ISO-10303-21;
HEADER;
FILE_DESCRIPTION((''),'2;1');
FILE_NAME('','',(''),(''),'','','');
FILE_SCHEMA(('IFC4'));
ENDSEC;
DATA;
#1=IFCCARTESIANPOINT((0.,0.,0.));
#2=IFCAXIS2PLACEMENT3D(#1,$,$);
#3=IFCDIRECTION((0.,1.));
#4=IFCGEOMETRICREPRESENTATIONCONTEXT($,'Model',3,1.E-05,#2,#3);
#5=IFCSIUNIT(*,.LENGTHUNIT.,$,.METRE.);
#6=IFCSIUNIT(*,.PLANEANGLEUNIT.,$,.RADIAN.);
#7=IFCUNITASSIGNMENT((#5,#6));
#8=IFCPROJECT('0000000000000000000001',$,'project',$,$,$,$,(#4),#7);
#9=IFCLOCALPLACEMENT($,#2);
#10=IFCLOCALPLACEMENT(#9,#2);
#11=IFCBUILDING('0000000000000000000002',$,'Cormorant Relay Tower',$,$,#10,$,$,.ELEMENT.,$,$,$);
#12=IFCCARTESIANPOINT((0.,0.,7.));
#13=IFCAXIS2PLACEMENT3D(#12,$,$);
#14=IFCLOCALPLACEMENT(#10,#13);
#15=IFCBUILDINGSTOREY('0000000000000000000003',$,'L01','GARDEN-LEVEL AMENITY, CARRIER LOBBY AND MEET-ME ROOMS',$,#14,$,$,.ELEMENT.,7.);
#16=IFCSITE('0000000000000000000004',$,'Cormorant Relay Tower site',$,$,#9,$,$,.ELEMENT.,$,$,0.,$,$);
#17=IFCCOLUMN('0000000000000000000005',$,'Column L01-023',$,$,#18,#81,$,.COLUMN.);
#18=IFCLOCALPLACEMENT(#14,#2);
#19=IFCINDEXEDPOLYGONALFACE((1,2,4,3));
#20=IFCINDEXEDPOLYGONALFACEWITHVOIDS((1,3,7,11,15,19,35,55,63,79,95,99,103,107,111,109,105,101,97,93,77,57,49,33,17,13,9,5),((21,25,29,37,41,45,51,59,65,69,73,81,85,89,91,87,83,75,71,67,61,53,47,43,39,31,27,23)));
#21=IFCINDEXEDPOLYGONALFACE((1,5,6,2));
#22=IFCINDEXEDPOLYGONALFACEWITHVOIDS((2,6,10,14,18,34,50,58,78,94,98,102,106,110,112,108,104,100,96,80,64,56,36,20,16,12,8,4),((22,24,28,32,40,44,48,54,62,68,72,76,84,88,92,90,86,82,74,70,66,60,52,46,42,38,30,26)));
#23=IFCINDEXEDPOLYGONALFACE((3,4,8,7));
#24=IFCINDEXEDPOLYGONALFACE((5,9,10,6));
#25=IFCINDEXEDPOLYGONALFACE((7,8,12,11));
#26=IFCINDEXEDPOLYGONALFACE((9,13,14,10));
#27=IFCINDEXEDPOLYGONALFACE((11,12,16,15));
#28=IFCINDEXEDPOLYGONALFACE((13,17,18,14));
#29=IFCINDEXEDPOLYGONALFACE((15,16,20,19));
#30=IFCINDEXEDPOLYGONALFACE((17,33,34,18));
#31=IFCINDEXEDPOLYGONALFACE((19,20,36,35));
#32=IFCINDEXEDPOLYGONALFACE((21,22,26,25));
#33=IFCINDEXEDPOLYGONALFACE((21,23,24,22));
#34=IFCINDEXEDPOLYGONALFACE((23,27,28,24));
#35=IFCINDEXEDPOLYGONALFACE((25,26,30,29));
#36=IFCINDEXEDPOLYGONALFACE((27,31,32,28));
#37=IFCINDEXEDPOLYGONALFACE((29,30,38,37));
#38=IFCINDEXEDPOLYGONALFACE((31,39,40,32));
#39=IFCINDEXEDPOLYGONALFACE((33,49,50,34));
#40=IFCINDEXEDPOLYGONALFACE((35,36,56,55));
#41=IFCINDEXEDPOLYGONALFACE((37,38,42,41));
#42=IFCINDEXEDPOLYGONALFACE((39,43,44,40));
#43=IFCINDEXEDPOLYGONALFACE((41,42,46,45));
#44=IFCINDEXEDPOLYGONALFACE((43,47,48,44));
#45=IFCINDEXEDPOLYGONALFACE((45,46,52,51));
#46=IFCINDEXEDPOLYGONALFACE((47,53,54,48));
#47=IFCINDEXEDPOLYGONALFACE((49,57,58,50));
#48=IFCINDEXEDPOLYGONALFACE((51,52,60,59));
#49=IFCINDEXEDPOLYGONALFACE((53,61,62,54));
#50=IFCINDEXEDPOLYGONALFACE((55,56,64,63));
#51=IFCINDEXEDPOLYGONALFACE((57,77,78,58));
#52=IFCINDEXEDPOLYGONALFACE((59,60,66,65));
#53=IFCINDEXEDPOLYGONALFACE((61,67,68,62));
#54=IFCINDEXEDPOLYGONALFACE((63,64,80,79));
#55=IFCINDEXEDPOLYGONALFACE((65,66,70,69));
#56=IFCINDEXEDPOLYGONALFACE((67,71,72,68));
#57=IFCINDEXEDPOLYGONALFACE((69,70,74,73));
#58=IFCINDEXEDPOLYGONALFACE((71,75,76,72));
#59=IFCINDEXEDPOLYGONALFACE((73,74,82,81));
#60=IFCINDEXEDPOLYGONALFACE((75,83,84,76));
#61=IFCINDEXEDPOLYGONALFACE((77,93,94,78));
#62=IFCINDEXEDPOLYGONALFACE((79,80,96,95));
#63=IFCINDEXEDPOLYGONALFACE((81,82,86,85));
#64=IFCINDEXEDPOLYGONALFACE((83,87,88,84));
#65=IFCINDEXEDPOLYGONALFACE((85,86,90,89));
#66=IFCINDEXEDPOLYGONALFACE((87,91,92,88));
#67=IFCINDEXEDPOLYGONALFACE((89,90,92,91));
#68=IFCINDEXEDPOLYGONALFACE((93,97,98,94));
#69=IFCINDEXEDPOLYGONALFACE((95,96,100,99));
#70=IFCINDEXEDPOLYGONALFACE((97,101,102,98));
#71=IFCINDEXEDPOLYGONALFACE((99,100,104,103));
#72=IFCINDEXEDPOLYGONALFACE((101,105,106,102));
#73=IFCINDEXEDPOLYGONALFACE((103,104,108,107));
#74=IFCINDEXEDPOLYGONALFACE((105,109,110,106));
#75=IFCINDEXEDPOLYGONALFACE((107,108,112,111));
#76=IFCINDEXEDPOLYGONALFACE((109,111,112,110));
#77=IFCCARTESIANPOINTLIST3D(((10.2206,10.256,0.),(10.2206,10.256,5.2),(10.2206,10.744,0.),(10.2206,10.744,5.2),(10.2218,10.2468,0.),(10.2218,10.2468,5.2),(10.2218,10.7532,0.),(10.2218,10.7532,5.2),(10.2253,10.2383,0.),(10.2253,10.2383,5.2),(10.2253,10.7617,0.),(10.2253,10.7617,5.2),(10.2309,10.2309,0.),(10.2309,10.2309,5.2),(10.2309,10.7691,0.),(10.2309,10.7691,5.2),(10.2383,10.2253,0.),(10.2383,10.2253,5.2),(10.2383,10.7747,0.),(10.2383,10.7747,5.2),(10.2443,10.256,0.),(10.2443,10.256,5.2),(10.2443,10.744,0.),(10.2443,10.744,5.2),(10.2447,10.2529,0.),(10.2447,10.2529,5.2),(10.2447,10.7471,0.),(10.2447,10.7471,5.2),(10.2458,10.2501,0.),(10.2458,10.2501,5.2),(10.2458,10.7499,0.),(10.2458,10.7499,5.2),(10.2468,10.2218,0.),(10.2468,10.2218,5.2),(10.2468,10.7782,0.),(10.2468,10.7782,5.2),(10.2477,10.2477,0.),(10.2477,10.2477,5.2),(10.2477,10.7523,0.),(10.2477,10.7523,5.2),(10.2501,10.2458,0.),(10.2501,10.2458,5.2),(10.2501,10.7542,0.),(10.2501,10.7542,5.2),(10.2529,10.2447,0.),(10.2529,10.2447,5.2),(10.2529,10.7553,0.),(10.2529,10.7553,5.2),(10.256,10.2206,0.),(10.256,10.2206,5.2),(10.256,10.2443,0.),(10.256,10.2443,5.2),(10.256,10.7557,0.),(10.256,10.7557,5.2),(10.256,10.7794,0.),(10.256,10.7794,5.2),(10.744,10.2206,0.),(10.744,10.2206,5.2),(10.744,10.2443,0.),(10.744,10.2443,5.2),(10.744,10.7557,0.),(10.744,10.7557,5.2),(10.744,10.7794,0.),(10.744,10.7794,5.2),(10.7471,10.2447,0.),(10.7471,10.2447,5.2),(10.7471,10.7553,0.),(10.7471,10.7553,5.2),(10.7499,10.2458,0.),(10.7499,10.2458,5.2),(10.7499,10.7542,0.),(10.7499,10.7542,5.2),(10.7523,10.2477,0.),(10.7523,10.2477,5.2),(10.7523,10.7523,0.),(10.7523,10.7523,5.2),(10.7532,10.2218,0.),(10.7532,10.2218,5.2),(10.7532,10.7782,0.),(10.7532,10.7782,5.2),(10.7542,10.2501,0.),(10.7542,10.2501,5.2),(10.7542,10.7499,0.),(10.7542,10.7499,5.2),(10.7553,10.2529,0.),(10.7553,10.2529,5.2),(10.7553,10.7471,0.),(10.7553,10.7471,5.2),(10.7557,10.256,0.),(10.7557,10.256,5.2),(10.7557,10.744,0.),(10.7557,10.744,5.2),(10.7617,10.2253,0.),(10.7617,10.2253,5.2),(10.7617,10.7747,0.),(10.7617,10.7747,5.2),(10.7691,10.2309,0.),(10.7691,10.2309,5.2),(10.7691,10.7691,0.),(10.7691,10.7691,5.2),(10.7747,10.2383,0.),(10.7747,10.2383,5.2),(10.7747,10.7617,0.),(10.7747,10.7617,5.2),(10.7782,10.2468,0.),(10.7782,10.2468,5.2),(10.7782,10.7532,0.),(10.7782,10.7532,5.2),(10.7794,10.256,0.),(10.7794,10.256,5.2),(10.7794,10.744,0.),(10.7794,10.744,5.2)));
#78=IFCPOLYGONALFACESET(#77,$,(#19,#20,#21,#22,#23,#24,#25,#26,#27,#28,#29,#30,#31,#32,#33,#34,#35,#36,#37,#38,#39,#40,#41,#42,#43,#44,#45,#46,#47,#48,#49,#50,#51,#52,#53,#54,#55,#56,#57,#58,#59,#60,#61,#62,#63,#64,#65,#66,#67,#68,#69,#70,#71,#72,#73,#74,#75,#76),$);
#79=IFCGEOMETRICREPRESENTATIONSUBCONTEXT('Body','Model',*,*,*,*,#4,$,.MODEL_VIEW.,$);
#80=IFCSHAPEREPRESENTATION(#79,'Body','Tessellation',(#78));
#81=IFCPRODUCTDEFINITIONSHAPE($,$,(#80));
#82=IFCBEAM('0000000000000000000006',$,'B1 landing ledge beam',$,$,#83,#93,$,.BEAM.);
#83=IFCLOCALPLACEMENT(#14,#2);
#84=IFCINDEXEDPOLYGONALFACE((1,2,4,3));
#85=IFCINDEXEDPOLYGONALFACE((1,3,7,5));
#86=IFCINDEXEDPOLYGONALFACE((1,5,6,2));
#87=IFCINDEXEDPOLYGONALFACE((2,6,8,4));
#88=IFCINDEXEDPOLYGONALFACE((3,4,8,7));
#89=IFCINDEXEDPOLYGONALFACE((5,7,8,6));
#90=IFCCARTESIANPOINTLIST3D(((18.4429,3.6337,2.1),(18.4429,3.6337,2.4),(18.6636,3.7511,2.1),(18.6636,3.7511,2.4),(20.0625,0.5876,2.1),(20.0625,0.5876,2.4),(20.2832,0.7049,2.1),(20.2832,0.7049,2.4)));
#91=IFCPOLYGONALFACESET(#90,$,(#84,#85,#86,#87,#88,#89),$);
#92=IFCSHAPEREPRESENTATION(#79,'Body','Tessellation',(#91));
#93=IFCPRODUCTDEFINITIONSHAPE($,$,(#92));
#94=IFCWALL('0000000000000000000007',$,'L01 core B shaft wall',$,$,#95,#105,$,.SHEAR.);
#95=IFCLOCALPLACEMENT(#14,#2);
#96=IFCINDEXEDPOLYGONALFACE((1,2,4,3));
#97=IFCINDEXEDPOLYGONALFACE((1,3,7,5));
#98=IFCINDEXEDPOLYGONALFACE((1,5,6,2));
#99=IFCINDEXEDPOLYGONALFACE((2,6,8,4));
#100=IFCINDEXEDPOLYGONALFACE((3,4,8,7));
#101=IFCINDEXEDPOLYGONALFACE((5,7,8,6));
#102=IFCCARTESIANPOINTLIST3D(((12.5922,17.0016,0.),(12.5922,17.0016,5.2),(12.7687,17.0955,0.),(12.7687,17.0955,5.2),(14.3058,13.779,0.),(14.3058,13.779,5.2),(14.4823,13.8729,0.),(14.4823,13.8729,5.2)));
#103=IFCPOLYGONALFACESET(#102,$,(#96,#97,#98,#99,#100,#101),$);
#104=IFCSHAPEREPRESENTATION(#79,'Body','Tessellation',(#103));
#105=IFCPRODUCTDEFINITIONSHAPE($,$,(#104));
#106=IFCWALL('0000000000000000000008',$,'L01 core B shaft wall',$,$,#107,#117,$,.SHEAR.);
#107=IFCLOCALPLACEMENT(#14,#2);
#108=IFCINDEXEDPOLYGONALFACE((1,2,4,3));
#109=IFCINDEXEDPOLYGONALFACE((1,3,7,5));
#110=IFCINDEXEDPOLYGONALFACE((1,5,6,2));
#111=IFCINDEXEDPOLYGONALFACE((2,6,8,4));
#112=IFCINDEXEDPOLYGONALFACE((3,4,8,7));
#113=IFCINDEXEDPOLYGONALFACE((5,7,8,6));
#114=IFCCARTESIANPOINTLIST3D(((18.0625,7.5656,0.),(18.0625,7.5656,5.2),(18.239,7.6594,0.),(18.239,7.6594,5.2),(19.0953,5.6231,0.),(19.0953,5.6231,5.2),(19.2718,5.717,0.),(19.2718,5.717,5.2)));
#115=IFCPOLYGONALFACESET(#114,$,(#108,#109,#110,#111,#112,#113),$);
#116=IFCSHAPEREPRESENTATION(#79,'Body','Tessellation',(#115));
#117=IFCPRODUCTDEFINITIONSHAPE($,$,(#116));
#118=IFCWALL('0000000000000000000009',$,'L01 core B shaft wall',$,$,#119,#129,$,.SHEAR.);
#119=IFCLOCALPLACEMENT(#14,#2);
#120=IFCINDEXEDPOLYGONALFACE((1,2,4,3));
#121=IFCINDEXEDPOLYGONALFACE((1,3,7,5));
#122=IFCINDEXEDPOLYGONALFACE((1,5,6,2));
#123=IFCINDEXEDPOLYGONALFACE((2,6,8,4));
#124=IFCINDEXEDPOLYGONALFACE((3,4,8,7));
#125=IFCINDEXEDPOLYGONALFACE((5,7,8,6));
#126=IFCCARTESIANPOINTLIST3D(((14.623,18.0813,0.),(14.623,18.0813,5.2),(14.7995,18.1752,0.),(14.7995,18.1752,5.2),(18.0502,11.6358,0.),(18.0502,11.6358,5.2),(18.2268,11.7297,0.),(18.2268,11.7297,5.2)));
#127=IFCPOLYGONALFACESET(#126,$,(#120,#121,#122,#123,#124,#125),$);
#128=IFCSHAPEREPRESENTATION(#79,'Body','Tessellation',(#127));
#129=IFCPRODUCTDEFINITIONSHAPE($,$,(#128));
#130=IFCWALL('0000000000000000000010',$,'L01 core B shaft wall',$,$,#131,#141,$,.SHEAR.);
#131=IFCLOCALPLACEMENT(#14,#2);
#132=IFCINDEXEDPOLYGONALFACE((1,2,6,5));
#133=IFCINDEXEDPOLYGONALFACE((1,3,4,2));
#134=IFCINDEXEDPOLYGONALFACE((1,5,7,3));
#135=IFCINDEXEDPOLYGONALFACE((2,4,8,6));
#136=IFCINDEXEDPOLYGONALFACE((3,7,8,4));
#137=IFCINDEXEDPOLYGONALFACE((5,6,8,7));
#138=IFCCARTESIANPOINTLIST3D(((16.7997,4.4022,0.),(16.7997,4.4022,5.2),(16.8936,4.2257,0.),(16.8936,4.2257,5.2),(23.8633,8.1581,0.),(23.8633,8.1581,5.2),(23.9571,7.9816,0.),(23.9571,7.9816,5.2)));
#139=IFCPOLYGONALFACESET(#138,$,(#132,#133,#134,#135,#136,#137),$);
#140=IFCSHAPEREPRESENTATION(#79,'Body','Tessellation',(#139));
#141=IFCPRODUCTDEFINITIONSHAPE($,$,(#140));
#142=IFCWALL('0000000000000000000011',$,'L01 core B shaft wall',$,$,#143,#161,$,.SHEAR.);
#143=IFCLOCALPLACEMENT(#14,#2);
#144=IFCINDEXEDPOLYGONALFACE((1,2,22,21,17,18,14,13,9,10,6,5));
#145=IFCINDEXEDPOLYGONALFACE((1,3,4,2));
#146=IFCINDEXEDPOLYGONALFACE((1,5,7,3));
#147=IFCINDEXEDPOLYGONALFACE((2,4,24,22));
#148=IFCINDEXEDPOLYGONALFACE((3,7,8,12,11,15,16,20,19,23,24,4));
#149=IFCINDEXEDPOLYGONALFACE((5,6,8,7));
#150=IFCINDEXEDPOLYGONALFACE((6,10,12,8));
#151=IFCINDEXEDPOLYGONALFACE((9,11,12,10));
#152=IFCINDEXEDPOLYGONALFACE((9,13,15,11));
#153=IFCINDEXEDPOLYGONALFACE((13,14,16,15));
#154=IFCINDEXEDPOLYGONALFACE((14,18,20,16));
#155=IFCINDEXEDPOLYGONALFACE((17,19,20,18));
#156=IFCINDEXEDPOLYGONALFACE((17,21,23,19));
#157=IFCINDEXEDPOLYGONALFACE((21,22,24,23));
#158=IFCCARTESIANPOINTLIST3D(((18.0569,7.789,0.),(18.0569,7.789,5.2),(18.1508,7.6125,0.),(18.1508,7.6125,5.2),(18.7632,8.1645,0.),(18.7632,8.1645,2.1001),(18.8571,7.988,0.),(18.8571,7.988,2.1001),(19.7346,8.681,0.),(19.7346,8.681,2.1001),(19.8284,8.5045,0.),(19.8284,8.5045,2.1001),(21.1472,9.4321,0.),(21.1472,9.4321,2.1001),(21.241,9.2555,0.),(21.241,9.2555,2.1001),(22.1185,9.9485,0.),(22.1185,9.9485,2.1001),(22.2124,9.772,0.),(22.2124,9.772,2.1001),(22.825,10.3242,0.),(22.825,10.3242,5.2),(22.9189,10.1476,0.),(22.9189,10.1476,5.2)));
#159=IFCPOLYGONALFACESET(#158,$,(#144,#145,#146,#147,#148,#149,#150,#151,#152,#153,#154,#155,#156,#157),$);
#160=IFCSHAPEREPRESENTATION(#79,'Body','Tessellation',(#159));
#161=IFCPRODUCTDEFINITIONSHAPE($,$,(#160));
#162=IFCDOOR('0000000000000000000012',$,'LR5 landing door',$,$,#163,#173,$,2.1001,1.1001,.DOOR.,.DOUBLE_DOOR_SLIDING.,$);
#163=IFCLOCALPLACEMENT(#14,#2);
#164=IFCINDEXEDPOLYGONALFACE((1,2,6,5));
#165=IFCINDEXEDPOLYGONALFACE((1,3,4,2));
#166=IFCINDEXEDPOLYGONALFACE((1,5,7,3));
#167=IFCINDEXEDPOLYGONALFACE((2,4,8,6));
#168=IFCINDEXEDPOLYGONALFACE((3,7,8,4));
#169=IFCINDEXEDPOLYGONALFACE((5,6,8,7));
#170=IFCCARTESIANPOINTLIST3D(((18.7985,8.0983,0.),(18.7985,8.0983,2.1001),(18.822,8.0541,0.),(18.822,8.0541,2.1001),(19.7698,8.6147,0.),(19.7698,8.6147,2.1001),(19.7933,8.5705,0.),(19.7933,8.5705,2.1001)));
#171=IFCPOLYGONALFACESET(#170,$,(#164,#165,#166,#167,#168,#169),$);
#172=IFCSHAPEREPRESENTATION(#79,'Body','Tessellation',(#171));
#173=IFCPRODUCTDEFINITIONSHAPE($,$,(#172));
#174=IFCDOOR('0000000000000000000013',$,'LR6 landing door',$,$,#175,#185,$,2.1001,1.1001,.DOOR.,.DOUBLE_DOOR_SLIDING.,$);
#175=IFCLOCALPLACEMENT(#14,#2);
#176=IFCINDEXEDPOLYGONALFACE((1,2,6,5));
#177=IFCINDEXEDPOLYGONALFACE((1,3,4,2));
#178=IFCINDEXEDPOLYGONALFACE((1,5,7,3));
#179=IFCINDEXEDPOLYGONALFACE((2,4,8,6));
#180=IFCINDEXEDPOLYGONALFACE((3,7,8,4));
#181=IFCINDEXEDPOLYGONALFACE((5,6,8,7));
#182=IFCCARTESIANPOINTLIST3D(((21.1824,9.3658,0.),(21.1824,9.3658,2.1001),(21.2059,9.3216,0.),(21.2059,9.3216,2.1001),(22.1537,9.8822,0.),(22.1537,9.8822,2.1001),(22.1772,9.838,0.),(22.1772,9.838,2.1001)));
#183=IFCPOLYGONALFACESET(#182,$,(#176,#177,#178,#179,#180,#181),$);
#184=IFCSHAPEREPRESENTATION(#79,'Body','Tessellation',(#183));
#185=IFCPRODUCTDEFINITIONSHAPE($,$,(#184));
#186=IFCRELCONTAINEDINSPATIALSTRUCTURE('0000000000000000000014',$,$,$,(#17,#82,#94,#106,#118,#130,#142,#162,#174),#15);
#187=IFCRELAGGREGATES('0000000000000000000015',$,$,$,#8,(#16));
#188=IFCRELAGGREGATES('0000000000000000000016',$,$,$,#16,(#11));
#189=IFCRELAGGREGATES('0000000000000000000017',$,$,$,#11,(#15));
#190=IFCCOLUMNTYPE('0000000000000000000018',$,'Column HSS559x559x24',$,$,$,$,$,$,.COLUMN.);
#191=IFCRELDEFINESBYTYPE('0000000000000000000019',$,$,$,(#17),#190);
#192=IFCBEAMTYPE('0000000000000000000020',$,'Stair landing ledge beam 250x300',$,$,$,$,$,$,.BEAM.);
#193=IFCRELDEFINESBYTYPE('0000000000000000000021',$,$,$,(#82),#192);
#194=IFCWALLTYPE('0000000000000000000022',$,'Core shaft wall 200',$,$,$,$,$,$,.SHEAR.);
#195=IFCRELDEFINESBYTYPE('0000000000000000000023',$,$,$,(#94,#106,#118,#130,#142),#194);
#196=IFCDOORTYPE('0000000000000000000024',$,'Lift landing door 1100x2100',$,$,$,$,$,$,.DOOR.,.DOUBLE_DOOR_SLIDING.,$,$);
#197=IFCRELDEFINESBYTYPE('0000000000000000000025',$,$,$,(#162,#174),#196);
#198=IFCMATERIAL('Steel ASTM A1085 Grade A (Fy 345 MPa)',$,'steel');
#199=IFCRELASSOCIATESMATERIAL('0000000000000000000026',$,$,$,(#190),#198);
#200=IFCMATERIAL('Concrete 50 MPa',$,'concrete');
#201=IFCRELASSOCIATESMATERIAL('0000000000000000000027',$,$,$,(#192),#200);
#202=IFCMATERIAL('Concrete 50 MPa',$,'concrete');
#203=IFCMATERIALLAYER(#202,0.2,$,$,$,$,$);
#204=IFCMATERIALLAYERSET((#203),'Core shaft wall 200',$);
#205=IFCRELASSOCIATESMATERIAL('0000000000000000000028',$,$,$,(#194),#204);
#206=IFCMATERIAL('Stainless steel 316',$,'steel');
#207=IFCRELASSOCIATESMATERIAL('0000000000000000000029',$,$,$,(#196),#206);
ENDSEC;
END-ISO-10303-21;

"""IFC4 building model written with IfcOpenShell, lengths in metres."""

from ifc_helpers import new_model, si_unit, direction, frame, frame_2d, origin, origin_2d, place, context, subcontext, project, spatial, rectangle, hollow_rectangle, extrude, material, layer, layer_set, material_profile, profile_set, type_object, element, fill, save


model = new_model("IFC4")

# Units and contexts
model_context = context("Model", 3, precision=1e-05, world=origin(), true_north=direction((0.0, 1.0)))
body_context = subcontext(model_context, "Body", "Model", "MODEL_VIEW")
ifc_project = project(units=[si_unit("LENGTHUNIT", "METRE"), si_unit("PLANEANGLEUNIT", "RADIAN")], contexts=[model_context])

# Site, building, storey
site_placement = place(None, origin())
site = spatial("IfcSite", under=ifc_project, at=site_placement, Name="Cormorant Relay Tower site", CompositionType="ELEMENT", RefElevation=0.0)
building_placement = place(site_placement, origin())
building = spatial("IfcBuilding", under=site, at=building_placement, Name="Cormorant Relay Tower", CompositionType="ELEMENT")
storey_placement = place(building_placement, frame((0.0, 0.0, 7.0)))
storey = spatial("IfcBuildingStorey", under=building, at=storey_placement, Name="L01", Description="GARDEN-LEVEL AMENITY, CARRIER LOBBY AND MEET-ME ROOMS", CompositionType="ELEMENT", Elevation=7.0)

# Column
ifc_material_1 = material(Name="Steel ASTM A1085 Grade A (Fy 345 MPa)", Category="steel")
ifc_material_profile_1 = material_profile(ifc_material_1, hollow_rectangle(XDim=0.5588, YDim=0.5588, WallThickness=0.0237, InnerFilletRadius=0.0117, OuterFilletRadius=0.0354, at=origin_2d()), Name="HSS559x559x24")
ifc_profile_set_1 = profile_set([ifc_material_profile_1], Name="Steel ASTM A1085 Grade A (Fy 345 MPa)")
column_type = type_object("IfcColumnType", Name="Column HSS559x559x24", PredefinedType="COLUMN", material=ifc_profile_set_1)
column_placement = place(storey_placement, frame((10.5, 10.5, 0.0), z_axis=(0.0, 0.0, 1.0), x_axis=(1.0, 0.0, 0.0)))
element("IfcColumn", 1, at=column_placement, inside=storey, type_object=column_type, Name="Column L01-023", PredefinedType="COLUMN", context=body_context, shape_type="SweptSolid", body=[
    extrude(hollow_rectangle(XDim=0.5588, YDim=0.5588, WallThickness=0.0237, InnerFilletRadius=0.0117, OuterFilletRadius=0.0354, at=origin_2d()), origin(), (0.0, 0.0, 1.0), 5.2),
])

# Beam
ifc_material_2 = material(Name="Concrete 50 MPa", Category="concrete")
ifc_material_profile_2 = material_profile(ifc_material_2, rectangle(XDim=0.25, YDim=0.3, at=origin_2d()), Name="RC 250x300")
ifc_profile_set_2 = profile_set([ifc_material_profile_2], Name="Concrete 50 MPa")
beam_type = type_object("IfcBeamType", Name="Stair landing ledge beam 250x300", PredefinedType="BEAM", material=ifc_profile_set_2)
beam_placement = place(storey_placement, frame((18.5532, 3.6924, 2.25), z_axis=(0.469464, -0.882952, 0.0), x_axis=(0.882952, 0.469464, 0.0)))
element("IfcBeam", 2, at=beam_placement, inside=storey, type_object=beam_type, Name="B1 landing ledge beam", PredefinedType="BEAM", context=body_context, shape_type="SweptSolid", body=[
    extrude(rectangle(XDim=0.25, YDim=0.3, at=origin_2d()), origin(), (0.0, 0.0, 1.0), 3.45),
])

# Walls
ifc_material_3 = material(Name="Concrete 50 MPa", Category="concrete")
ifc_layer_1 = layer(ifc_material_3, 0.2)
ifc_layer_set_1 = layer_set([ifc_layer_1], Name="Core shaft wall 200")
wall_type_1 = type_object("IfcWallType", Name="Core shaft wall 200", PredefinedType="SHEAR", material=ifc_layer_set_1)
wall_1_placement = place(storey_placement, frame((14.394, 13.8259, 0.0), z_axis=(0.0, 0.0, 1.0), x_axis=(-0.469494, 0.882936, 0.0)))
element("IfcWall", 3, at=wall_1_placement, inside=storey, type_object=wall_type_1, Name="L01 core B shaft wall", PredefinedType="SHEAR", context=body_context, shape_type="SweptSolid", body=[
    extrude(rectangle(XDim=3.6499, YDim=0.2, at=frame_2d((1.825, 0.0))), origin(), (0.0, 0.0, 1.0), 5.2),
])
wall_2_placement = place(storey_placement, frame((19.1836, 5.6699, 0.0), z_axis=(0.0, 0.0, 1.0), x_axis=(-0.469447, 0.88296, 0.0)))
element("IfcWall", 4, at=wall_2_placement, inside=storey, type_object=wall_type_1, Name="L01 core B shaft wall", PredefinedType="SHEAR", context=body_context, shape_type="SweptSolid", body=[
    extrude(rectangle(XDim=2.2, YDim=0.2, at=frame_2d((1.1001, 0.0))), origin(), (0.0, 0.0, 1.0), 5.2),
])
wall_3_placement = place(storey_placement, frame((18.1384, 11.6829, 0.0), z_axis=(0.0, 0.0, 1.0), x_axis=(-0.46948, 0.882943, 0.0)))
element("IfcWall", 5, at=wall_3_placement, inside=storey, type_object=wall_type_1, Name="L01 core B shaft wall", PredefinedType="SHEAR", context=body_context, shape_type="SweptSolid", body=[
    extrude(rectangle(XDim=7.3, YDim=0.2, at=frame_2d((3.6499, 0.0))), origin(), (0.0, 0.0, 1.0), 5.2),
])
wall_4_placement = place(storey_placement, frame((16.8467, 4.314, 0.0), z_axis=(0.0, 0.0, 1.0), x_axis=(0.88294, 0.469485, 0.0)))
element("IfcWall", 6, at=wall_4_placement, inside=storey, type_object=wall_type_1, Name="L01 core B shaft wall", PredefinedType="SHEAR", context=body_context, shape_type="SweptSolid", body=[
    extrude(rectangle(XDim=8.0, YDim=0.2, at=frame_2d((4.0, 0.0))), origin(), (0.0, 0.0, 1.0), 5.2),
])

# Wall, openings, doors
wall_5_placement = place(storey_placement, frame((18.1038, 7.7007, 0.0), z_axis=(0.0, 0.0, 1.0), x_axis=(0.882953, 0.469462, 0.0)))
wall_5 = element("IfcWall", 7, at=wall_5_placement, inside=storey, type_object=wall_type_1, Name="L01 core B shaft wall", PredefinedType="SHEAR", context=body_context, shape_type="SweptSolid", body=[
    extrude(rectangle(XDim=5.4001, YDim=0.2, at=frame_2d((2.7002, 0.0))), origin(), (0.0, 0.0, 1.0), 5.2),
])
opening_1_placement = place(wall_5_placement, frame((0.8, 0.0, 0.0)))
opening_1 = element("IfcOpeningElement", 8, at=opening_1_placement, cuts=wall_5, PredefinedType="OPENING", context=body_context, shape_type="SweptSolid", body=[
    extrude(rectangle(XDim=1.1001, YDim=2.1001, at=frame_2d((0.55, 1.05))), frame((0.0, 0.1099, 0.0), z_axis=(0.0, -1.0, 0.0), x_axis=(1.0, 0.0, 0.0)), (0.0, 0.0, 1.0), 0.22),
])
opening_2_placement = place(wall_5_placement, frame((3.5, 0.0, 0.0)))
opening_2 = element("IfcOpeningElement", 9, at=opening_2_placement, cuts=wall_5, PredefinedType="OPENING", context=body_context, shape_type="SweptSolid", body=[
    extrude(rectangle(XDim=1.1001, YDim=2.1001, at=frame_2d((0.55, 1.05))), frame((0.0, 0.1099, 0.0), z_axis=(0.0, -1.0, 0.0), x_axis=(1.0, 0.0, 0.0)), (0.0, 0.0, 1.0), 0.22),
])
ifc_material_4 = material(Name="Stainless steel 316", Category="steel")
door_type_1 = type_object("IfcDoorType", Name="Lift landing door 1100x2100", OperationType="DOUBLE_DOOR_SLIDING", PredefinedType="DOOR", material=ifc_material_4)
door_1_placement = place(opening_1_placement, origin())
door_1 = element("IfcDoor", 10, at=door_1_placement, inside=storey, type_object=door_type_1, Name="LR5 landing door", OperationType="DOUBLE_DOOR_SLIDING", OverallHeight=2.1001, OverallWidth=1.1001, PredefinedType="DOOR", context=body_context, shape_type="SweptSolid", body=[
    extrude(rectangle(XDim=1.1001, YDim=2.1001, at=frame_2d((0.55, 1.05))), frame((0.0, 0.0249, 0.0), z_axis=(0.0, -1.0, 0.0), x_axis=(1.0, 0.0, 0.0)), (0.0, 0.0, 1.0), 0.05),
])
fill(opening_1, door_1)
door_2_placement = place(opening_2_placement, origin())
door_2 = element("IfcDoor", 11, at=door_2_placement, inside=storey, type_object=door_type_1, Name="LR6 landing door", OperationType="DOUBLE_DOOR_SLIDING", OverallHeight=2.1001, OverallWidth=1.1001, PredefinedType="DOOR", context=body_context, shape_type="SweptSolid", body=[
    extrude(rectangle(XDim=1.1001, YDim=2.1001, at=frame_2d((0.55, 1.05))), frame((0.0, 0.0249, 0.0), z_axis=(0.0, -1.0, 0.0), x_axis=(1.0, 0.0, 0.0)), (0.0, 0.0, 1.0), 0.05),
])
fill(opening_2, door_2)

save(model, "model.ifc")
